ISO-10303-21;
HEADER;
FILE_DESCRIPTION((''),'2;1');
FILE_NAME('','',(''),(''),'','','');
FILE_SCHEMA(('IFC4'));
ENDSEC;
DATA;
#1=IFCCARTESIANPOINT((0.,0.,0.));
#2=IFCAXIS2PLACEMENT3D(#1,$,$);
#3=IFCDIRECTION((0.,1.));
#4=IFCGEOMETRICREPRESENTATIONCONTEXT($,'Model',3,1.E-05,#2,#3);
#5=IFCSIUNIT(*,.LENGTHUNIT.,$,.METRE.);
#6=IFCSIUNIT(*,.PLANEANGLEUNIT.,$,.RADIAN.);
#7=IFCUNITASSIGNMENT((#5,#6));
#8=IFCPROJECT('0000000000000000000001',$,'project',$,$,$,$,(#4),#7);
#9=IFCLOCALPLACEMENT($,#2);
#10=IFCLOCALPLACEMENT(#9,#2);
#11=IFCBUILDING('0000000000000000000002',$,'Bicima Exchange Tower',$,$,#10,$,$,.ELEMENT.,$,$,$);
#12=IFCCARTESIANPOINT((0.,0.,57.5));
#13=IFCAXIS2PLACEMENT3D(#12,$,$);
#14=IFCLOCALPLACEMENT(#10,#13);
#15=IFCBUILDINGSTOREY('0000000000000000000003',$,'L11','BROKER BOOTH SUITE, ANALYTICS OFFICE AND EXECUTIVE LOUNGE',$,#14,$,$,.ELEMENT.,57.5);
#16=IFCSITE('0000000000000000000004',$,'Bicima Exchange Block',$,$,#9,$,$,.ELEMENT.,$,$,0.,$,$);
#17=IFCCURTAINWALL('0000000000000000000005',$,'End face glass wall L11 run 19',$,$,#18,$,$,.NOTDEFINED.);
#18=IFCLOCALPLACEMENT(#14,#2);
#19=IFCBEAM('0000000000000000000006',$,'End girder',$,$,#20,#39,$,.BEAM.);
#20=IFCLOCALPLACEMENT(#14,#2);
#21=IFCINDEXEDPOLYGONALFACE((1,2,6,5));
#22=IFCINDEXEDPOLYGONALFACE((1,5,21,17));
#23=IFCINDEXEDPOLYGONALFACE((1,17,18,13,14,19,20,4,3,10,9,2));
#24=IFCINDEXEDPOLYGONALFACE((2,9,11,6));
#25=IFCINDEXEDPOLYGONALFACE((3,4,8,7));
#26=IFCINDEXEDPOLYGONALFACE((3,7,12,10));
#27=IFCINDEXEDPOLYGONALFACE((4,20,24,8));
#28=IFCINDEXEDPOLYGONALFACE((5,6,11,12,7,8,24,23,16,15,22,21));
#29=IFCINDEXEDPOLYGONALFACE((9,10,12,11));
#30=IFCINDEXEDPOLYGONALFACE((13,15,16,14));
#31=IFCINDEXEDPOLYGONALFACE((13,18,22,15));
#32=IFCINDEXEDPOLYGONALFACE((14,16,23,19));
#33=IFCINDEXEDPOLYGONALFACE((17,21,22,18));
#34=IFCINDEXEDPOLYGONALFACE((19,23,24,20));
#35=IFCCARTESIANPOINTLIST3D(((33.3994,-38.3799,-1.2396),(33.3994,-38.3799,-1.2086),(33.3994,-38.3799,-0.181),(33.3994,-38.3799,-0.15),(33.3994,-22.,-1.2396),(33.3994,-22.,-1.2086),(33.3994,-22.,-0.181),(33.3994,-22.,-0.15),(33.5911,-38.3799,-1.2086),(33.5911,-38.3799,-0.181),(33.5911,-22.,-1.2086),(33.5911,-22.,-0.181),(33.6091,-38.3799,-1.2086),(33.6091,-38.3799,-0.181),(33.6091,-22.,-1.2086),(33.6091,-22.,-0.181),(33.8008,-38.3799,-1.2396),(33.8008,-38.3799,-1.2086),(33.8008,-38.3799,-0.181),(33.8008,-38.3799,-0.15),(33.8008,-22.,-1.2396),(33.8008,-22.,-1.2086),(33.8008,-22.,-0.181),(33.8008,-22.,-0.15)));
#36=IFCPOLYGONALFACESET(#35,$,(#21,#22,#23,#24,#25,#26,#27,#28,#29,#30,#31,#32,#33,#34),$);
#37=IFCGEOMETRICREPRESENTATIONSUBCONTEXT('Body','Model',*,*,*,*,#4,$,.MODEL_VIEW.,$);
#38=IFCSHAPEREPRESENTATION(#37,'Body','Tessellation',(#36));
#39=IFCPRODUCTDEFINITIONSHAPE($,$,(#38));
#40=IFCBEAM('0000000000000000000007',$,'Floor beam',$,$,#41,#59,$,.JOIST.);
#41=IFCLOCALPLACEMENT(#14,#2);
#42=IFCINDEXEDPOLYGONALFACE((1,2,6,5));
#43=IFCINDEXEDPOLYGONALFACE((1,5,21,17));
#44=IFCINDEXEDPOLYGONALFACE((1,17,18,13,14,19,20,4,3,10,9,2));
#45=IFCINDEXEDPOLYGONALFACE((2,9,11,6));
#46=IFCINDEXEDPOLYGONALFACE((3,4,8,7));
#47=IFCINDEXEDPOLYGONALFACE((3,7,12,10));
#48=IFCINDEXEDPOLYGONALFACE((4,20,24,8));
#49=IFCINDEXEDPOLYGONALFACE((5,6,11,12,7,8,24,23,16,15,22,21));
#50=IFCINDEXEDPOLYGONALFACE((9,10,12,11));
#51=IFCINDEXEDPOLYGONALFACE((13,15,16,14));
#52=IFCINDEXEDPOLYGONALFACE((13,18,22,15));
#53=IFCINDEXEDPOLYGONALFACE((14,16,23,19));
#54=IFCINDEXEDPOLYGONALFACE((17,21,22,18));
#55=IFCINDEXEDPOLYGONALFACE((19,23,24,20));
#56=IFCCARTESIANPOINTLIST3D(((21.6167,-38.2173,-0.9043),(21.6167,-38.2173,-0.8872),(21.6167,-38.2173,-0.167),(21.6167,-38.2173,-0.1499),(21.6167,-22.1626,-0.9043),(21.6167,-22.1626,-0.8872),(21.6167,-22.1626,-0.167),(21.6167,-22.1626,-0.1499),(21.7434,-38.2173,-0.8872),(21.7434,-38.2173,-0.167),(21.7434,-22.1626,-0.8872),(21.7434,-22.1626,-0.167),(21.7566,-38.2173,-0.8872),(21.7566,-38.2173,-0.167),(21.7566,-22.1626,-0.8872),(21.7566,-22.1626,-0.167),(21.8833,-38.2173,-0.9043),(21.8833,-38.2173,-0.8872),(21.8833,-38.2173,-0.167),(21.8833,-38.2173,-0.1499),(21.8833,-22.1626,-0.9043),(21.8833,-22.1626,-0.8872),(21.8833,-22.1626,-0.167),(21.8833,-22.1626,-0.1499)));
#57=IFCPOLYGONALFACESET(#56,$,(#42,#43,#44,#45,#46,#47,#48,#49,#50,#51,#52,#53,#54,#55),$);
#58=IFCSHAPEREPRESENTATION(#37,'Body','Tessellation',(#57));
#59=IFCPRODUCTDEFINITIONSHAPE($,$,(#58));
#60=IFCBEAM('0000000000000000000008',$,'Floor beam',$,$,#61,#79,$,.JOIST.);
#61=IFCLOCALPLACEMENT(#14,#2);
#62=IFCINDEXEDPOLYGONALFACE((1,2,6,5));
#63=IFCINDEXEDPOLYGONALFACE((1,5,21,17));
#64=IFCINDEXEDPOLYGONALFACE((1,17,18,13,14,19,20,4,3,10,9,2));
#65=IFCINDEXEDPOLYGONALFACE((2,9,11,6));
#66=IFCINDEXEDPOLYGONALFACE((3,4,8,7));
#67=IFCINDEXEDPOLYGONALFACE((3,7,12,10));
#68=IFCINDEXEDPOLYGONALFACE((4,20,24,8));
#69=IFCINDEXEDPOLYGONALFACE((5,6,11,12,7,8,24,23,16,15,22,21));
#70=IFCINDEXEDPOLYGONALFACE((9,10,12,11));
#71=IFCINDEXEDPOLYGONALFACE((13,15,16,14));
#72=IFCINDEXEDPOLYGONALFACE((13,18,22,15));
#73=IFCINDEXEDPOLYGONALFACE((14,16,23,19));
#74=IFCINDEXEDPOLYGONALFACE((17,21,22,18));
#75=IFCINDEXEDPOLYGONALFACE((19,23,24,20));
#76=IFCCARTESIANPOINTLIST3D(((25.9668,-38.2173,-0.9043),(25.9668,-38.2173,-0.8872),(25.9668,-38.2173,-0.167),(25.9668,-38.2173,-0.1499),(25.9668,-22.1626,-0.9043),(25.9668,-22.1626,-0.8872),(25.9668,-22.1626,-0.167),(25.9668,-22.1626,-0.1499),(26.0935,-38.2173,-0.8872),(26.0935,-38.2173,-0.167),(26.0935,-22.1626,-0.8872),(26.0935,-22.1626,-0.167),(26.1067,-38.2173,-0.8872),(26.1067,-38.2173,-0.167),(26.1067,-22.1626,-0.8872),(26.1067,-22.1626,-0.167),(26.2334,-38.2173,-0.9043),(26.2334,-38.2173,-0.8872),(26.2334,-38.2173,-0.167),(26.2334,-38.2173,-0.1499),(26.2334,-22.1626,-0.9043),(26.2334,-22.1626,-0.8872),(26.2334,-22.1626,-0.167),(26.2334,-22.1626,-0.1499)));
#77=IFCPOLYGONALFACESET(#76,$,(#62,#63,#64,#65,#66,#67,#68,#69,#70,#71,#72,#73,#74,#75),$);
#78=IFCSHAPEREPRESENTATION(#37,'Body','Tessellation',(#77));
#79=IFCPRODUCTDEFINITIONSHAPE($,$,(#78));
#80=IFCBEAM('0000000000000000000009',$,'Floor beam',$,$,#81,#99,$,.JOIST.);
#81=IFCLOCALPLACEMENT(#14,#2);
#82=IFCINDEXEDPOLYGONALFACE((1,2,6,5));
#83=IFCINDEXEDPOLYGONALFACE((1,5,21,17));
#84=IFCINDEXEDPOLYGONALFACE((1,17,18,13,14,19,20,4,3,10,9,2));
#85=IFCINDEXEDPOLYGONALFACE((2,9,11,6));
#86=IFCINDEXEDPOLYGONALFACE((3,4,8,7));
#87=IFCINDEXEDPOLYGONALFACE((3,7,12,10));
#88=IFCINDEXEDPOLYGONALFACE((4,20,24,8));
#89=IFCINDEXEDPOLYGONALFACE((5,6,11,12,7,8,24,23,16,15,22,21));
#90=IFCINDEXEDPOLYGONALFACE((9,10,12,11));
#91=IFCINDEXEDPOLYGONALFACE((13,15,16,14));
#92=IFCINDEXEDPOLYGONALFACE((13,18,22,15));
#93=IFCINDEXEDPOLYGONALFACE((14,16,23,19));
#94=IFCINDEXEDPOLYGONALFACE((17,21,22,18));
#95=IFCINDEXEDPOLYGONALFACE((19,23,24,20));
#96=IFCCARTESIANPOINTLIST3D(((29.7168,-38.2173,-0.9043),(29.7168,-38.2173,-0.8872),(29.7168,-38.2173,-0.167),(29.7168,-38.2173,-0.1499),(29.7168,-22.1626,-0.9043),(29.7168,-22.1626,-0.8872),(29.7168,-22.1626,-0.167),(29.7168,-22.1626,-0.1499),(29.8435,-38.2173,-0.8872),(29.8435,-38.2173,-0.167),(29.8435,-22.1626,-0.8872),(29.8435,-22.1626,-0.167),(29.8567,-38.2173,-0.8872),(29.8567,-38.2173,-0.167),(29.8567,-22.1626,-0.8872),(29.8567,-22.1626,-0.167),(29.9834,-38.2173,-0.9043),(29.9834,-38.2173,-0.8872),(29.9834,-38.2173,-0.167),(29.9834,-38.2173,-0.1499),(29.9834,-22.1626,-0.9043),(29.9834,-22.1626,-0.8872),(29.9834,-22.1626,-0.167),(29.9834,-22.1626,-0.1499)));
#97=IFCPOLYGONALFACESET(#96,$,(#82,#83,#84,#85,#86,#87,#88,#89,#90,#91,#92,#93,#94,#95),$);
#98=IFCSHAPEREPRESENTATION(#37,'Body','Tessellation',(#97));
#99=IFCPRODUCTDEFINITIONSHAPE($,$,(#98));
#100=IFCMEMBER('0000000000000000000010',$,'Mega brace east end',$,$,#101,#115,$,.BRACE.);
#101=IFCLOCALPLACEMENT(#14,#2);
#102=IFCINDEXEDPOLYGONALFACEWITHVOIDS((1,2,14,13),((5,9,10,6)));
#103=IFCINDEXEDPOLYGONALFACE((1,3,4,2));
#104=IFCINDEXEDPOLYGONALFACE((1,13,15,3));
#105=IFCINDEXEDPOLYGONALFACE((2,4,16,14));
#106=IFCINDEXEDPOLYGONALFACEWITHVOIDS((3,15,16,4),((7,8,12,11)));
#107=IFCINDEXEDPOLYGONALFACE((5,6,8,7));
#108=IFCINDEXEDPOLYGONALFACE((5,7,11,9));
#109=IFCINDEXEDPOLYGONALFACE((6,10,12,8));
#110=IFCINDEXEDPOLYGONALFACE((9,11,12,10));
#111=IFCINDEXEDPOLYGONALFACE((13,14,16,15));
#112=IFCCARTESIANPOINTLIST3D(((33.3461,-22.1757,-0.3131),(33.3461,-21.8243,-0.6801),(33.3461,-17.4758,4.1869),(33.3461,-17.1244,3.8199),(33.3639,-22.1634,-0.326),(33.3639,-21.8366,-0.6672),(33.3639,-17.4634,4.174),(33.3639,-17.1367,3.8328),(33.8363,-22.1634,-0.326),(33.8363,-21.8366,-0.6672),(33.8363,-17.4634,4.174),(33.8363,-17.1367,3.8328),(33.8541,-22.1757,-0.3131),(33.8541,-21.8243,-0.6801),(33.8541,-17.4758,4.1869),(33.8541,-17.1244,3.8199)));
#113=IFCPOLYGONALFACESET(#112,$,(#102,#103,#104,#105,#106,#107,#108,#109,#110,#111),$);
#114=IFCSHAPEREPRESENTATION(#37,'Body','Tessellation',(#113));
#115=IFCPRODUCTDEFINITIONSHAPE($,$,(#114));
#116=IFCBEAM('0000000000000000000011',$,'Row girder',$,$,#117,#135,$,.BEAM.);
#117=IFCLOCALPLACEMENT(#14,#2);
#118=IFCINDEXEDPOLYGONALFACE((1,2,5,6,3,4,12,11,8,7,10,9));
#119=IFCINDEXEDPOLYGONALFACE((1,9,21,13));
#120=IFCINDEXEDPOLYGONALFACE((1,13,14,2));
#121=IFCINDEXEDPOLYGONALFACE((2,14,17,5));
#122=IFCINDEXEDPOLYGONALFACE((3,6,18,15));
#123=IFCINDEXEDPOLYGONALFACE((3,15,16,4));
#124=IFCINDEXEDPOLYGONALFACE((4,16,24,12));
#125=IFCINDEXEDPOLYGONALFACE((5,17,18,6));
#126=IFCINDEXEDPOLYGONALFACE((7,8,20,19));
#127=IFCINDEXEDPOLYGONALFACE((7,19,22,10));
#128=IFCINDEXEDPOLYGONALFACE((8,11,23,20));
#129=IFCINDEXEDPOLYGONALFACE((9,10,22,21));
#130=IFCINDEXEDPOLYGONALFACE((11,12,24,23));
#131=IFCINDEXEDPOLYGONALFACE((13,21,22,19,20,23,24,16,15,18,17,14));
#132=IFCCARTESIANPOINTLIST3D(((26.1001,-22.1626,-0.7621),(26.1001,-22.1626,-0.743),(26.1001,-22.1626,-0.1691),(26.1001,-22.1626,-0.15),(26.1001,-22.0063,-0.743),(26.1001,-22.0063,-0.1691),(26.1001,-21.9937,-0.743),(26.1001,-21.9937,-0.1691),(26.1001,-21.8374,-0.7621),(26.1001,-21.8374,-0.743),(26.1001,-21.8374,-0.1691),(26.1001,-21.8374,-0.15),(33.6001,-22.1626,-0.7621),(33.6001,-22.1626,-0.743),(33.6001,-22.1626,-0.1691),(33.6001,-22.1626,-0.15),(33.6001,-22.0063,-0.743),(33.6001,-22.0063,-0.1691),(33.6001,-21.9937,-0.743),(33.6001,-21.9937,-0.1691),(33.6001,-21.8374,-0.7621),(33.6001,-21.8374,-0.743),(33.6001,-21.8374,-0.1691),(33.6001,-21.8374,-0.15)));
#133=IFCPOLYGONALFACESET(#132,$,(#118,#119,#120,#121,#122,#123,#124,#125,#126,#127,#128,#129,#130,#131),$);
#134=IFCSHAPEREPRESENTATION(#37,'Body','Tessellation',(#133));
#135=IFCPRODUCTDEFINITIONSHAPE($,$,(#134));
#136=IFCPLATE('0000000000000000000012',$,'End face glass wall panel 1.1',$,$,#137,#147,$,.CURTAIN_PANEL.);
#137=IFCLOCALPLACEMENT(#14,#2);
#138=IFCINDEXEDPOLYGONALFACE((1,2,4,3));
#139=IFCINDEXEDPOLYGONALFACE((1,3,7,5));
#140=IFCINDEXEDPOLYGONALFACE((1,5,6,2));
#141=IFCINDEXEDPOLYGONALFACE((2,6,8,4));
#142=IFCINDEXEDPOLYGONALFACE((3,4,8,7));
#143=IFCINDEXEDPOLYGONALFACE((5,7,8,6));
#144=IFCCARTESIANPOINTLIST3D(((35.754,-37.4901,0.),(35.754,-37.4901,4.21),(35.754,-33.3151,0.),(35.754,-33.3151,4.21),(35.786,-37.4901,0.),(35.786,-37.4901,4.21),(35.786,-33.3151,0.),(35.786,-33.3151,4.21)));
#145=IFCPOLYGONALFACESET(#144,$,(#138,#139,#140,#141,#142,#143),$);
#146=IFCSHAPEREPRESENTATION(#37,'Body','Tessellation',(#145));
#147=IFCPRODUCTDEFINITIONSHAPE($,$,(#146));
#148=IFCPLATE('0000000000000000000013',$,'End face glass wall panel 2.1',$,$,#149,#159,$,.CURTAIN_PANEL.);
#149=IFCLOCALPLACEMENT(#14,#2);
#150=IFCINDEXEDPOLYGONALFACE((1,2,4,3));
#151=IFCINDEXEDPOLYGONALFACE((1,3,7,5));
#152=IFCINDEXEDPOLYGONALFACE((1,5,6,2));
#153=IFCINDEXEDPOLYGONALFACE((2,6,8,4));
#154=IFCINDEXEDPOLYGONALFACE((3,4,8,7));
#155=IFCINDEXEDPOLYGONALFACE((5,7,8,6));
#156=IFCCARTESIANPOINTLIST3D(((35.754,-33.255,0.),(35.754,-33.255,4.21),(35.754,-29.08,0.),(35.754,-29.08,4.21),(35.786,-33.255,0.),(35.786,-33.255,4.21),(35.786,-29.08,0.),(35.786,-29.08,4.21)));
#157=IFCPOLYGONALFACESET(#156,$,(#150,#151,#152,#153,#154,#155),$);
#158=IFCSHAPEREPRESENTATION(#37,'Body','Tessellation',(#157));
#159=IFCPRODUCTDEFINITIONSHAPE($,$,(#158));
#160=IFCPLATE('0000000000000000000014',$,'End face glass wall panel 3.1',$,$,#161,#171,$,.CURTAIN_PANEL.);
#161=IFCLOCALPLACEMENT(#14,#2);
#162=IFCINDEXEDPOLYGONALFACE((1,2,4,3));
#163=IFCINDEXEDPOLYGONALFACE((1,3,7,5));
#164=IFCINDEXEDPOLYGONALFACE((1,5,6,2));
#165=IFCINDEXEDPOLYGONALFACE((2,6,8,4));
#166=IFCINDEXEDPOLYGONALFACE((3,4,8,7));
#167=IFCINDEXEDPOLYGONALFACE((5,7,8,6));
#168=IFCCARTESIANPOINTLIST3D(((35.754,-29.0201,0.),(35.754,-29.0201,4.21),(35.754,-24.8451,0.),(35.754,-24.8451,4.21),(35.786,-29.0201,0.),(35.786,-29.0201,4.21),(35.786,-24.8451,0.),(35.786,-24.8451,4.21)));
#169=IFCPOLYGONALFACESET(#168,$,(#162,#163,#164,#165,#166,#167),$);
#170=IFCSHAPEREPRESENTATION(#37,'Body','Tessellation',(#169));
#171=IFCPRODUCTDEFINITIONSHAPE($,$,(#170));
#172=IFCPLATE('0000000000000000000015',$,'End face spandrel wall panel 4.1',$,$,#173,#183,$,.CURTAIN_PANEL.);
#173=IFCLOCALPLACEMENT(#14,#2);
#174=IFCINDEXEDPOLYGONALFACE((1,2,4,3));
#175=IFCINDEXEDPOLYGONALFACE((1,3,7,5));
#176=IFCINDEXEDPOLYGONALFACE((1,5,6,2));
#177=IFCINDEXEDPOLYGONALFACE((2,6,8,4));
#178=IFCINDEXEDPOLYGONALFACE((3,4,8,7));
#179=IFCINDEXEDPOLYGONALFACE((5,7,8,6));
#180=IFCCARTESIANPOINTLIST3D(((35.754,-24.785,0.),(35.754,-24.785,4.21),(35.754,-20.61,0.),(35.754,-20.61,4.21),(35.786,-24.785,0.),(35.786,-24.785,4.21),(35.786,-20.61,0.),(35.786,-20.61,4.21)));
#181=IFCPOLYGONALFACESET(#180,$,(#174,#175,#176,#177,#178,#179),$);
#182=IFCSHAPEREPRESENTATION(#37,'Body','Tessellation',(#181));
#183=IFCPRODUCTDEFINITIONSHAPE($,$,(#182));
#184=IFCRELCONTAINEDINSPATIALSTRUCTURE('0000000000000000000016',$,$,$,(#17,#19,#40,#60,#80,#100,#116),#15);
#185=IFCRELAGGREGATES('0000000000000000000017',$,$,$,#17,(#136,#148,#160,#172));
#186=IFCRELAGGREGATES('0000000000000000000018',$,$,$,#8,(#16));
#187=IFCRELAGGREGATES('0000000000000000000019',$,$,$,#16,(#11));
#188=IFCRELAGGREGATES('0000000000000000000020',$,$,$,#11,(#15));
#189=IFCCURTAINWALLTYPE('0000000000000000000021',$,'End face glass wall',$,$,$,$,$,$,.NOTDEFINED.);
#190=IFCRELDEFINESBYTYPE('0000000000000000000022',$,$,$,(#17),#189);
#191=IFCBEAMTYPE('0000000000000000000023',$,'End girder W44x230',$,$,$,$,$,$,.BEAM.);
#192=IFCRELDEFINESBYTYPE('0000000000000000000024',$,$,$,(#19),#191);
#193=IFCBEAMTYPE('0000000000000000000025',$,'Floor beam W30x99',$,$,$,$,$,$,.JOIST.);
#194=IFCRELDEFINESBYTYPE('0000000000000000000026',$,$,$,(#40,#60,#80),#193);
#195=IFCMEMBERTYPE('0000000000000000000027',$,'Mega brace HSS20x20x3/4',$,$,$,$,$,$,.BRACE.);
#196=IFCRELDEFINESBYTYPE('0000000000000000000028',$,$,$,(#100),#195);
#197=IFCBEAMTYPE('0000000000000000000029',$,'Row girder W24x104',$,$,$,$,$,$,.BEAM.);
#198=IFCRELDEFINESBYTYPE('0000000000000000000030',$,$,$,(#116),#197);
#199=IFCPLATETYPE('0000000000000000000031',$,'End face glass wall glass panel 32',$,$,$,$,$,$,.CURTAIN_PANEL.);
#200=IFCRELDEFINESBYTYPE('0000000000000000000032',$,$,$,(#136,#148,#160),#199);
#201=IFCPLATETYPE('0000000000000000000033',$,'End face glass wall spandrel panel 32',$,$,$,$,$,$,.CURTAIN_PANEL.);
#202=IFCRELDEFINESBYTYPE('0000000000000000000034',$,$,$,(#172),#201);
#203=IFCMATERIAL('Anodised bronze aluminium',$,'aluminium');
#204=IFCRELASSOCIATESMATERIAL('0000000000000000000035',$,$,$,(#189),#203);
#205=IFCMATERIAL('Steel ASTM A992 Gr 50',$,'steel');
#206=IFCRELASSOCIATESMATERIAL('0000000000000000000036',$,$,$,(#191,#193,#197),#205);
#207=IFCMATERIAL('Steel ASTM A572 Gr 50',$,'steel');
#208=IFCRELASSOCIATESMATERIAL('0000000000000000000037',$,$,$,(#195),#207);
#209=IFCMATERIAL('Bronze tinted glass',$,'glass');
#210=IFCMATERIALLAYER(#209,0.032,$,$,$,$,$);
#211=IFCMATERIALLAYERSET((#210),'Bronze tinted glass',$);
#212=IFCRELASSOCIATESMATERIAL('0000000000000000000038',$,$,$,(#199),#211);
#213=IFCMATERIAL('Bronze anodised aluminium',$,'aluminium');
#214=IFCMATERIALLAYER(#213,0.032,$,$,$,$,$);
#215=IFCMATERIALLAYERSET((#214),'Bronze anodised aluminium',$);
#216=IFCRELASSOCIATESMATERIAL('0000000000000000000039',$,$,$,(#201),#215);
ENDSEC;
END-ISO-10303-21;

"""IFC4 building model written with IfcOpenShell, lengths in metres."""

from ifc_helpers import new_model, si_unit, direction, frame, origin, origin_2d, place, context, subcontext, project, spatial, rectangle, hollow_rectangle, i_section, extrude, material, layer, layer_set, material_profile, profile_set, type_object, element, aggregate, save


model = new_model("IFC4")

# Units and contexts
model_context = context("Model", 3, precision=1e-05, world=origin(), true_north=direction((0.0, 1.0)))
body_context = subcontext(model_context, "Body", "Model", "MODEL_VIEW")
ifc_project = project(units=[si_unit("LENGTHUNIT", "METRE"), si_unit("PLANEANGLEUNIT", "RADIAN")], contexts=[model_context])

# Site, building, storey
site_placement = place(None, origin())
site = spatial("IfcSite", under=ifc_project, at=site_placement, Name="Bicima Exchange Block", CompositionType="ELEMENT", RefElevation=0.0)
building_placement = place(site_placement, origin())
building = spatial("IfcBuilding", under=site, at=building_placement, Name="Bicima Exchange Tower", CompositionType="ELEMENT")
storey_placement = place(building_placement, frame((0.0, 0.0, 57.5)))
storey = spatial("IfcBuildingStorey", under=building, at=storey_placement, Name="L11", Description="BROKER BOOTH SUITE, ANALYTICS OFFICE AND EXECUTIVE LOUNGE", CompositionType="ELEMENT", Elevation=57.5)

# Shared definitions
ifc_material_1 = material(Name="Steel ASTM A992 Gr 50", Category="steel")

# Curtain wall
ifc_material_2 = material(Name="Anodised bronze aluminium", Category="aluminium")
curtain_wall_type = type_object("IfcCurtainWallType", Name="End face glass wall", PredefinedType="NOTDEFINED", material=ifc_material_2)
curtain_wall_placement = place(storey_placement, origin())
curtain_wall = element("IfcCurtainWall", 1, at=curtain_wall_placement, inside=storey, type_object=curtain_wall_type, Name="End face glass wall L11 run 19", PredefinedType="NOTDEFINED")

# Beams
ifc_material_profile_1 = material_profile(ifc_material_1, i_section(OverallWidth=0.4014, OverallDepth=1.0896, WebThickness=0.0181, FlangeThickness=0.031, at=origin_2d()))
ifc_profile_set_1 = profile_set([ifc_material_profile_1], Name="Steel ASTM A992 Gr 50")
beam_type_1 = type_object("IfcBeamType", Name="End girder W44x230", PredefinedType="BEAM", material=ifc_profile_set_1)
beam_1_placement = place(storey_placement, frame((33.6001, -22.0, -0.6948), z_axis=(0.0, -1.0, 0.0), x_axis=(1.0, 0.0, 0.0)))
element("IfcBeam", 2, at=beam_1_placement, inside=storey, type_object=beam_type_1, Name="End girder", PredefinedType="BEAM", context=body_context, shape_type="SweptSolid", body=[
    extrude(i_section(OverallWidth=0.4014, OverallDepth=1.0896, WebThickness=0.0181, FlangeThickness=0.031, at=origin_2d()), origin(), (0.0, 0.0, 1.0), 16.3799),
])
ifc_material_profile_2 = material_profile(ifc_material_1, i_section(OverallWidth=0.2666, OverallDepth=0.7544, WebThickness=0.0132, FlangeThickness=0.0171, at=origin_2d()))
ifc_profile_set_2 = profile_set([ifc_material_profile_2], Name="Steel ASTM A992 Gr 50")
beam_type_2 = type_object("IfcBeamType", Name="Floor beam W30x99", PredefinedType="JOIST", material=ifc_profile_set_2)
for number, where, z_axis, x_axis, name in (
    (3, (21.75, -22.1626, -0.5271), (0.0, -1.0, 0.0), (1.0, 0.0, 0.0), "Floor beam"),
    (4, (26.1001, -22.1626, -0.5271), (0.0, -1.0, 0.0), (1.0, 0.0, 0.0), "Floor beam"),
    (5, (29.8501, -22.1626, -0.5271), (0.0, -1.0, 0.0), (1.0, 0.0, 0.0), "Floor beam"),
):
    element("IfcBeam", number, at=place(storey_placement, frame(where, z_axis=z_axis, x_axis=x_axis)), inside=storey, type_object=beam_type_2, Name=name, PredefinedType="JOIST", context=body_context, shape_type="SweptSolid", body=[
        extrude(i_section(OverallWidth=0.2666, OverallDepth=0.7544, WebThickness=0.0132, FlangeThickness=0.0171, at=origin_2d()), origin(), (0.0, 0.0, 1.0), 16.0547),
    ])

# Member
ifc_material_3 = material(Name="Steel ASTM A572 Gr 50", Category="steel")
ifc_material_profile_3 = material_profile(ifc_material_3, hollow_rectangle(XDim=0.5081, YDim=0.5081, WallThickness=0.0178, at=origin_2d()))
ifc_profile_set_3 = profile_set([ifc_material_profile_3], Name="Steel ASTM A572 Gr 50")
member_type_1 = type_object("IfcMemberType", Name="Mega brace HSS20x20x3/4", PredefinedType="BRACE", material=ifc_profile_set_3)
member_1_placement = place(storey_placement, frame((33.6001, -22.0, -0.4966), z_axis=(0.0, 0.722304, 0.691575), x_axis=(-1.0, 0.0, 0.0)))
element("IfcMember", 6, at=member_1_placement, inside=storey, type_object=member_type_1, Name="Mega brace east end", PredefinedType="BRACE", context=body_context, shape_type="SweptSolid", body=[
    extrude(hollow_rectangle(XDim=0.5081, YDim=0.5081, WallThickness=0.0178, at=origin_2d()), origin(), (0.0, 0.0, 1.0), 6.5068),
])

# Beam
ifc_material_profile_4 = material_profile(ifc_material_1, i_section(OverallWidth=0.3252, OverallDepth=0.6121, WebThickness=0.0127, FlangeThickness=0.019, at=origin_2d()))
ifc_profile_set_4 = profile_set([ifc_material_profile_4], Name="Steel ASTM A992 Gr 50")
beam_type_3 = type_object("IfcBeamType", Name="Row girder W24x104", PredefinedType="BEAM", material=ifc_profile_set_4)
beam_2_placement = place(storey_placement, frame((26.1001, -22.0, -0.4561), z_axis=(1.0, 0.0, 0.0), x_axis=(0.0, 1.0, 0.0)))
element("IfcBeam", 7, at=beam_2_placement, inside=storey, type_object=beam_type_3, Name="Row girder", PredefinedType="BEAM", context=body_context, shape_type="SweptSolid", body=[
    extrude(i_section(OverallWidth=0.3252, OverallDepth=0.6121, WebThickness=0.0127, FlangeThickness=0.019, at=origin_2d()), origin(), (0.0, 0.0, 1.0), 7.5),
])

# Plates
ifc_material_4 = material(Name="Bronze tinted glass", Category="glass")
ifc_layer_1 = layer(ifc_material_4, 0.032)
ifc_layer_set_1 = layer_set([ifc_layer_1], Name="Bronze tinted glass")
plate_type_1 = type_object("IfcPlateType", Name="End face glass wall glass panel 32", PredefinedType="CURTAIN_PANEL", material=ifc_layer_set_1)
plate_1_placement = place(storey_placement, frame((35.77, -35.4026, 0.0), z_axis=(0.0, 0.0, 1.0), x_axis=(0.0, 1.0, 0.0)))
plate_1 = element("IfcPlate", 8, at=plate_1_placement, type_object=plate_type_1, Name="End face glass wall panel 1.1", PredefinedType="CURTAIN_PANEL", context=body_context, shape_type="SweptSolid", body=[
    extrude(rectangle(XDim=4.175, YDim=0.032, at=origin_2d()), origin(), (0.0, 0.0, 1.0), 4.21),
])
plate_2_placement = place(storey_placement, frame((35.77, -31.1675, 0.0), z_axis=(0.0, 0.0, 1.0), x_axis=(0.0, 1.0, 0.0)))
plate_2 = element("IfcPlate", 9, at=plate_2_placement, type_object=plate_type_1, Name="End face glass wall panel 2.1", PredefinedType="CURTAIN_PANEL", context=body_context, shape_type="SweptSolid", body=[
    extrude(rectangle(XDim=4.175, YDim=0.032, at=origin_2d()), origin(), (0.0, 0.0, 1.0), 4.21),
])
plate_3_placement = place(storey_placement, frame((35.77, -26.9326, 0.0), z_axis=(0.0, 0.0, 1.0), x_axis=(0.0, 1.0, 0.0)))
plate_3 = element("IfcPlate", 10, at=plate_3_placement, type_object=plate_type_1, Name="End face glass wall panel 3.1", PredefinedType="CURTAIN_PANEL", context=body_context, shape_type="SweptSolid", body=[
    extrude(rectangle(XDim=4.175, YDim=0.032, at=origin_2d()), origin(), (0.0, 0.0, 1.0), 4.21),
])
ifc_material_5 = material(Name="Bronze anodised aluminium", Category="aluminium")
ifc_layer_2 = layer(ifc_material_5, 0.032)
ifc_layer_set_2 = layer_set([ifc_layer_2], Name="Bronze anodised aluminium")
plate_type_2 = type_object("IfcPlateType", Name="End face glass wall spandrel panel 32", PredefinedType="CURTAIN_PANEL", material=ifc_layer_set_2)
plate_4_placement = place(storey_placement, frame((35.77, -22.6975, 0.0), z_axis=(0.0, 0.0, 1.0), x_axis=(0.0, 1.0, 0.0)))
plate_4 = element("IfcPlate", 11, at=plate_4_placement, type_object=plate_type_2, Name="End face spandrel wall panel 4.1", PredefinedType="CURTAIN_PANEL", context=body_context, shape_type="SweptSolid", body=[
    extrude(rectangle(XDim=4.175, YDim=0.032, at=origin_2d()), origin(), (0.0, 0.0, 1.0), 4.21),
])
aggregate(curtain_wall, [plate_1, plate_2, plate_3, plate_4])

save(model, "model.ifc")
